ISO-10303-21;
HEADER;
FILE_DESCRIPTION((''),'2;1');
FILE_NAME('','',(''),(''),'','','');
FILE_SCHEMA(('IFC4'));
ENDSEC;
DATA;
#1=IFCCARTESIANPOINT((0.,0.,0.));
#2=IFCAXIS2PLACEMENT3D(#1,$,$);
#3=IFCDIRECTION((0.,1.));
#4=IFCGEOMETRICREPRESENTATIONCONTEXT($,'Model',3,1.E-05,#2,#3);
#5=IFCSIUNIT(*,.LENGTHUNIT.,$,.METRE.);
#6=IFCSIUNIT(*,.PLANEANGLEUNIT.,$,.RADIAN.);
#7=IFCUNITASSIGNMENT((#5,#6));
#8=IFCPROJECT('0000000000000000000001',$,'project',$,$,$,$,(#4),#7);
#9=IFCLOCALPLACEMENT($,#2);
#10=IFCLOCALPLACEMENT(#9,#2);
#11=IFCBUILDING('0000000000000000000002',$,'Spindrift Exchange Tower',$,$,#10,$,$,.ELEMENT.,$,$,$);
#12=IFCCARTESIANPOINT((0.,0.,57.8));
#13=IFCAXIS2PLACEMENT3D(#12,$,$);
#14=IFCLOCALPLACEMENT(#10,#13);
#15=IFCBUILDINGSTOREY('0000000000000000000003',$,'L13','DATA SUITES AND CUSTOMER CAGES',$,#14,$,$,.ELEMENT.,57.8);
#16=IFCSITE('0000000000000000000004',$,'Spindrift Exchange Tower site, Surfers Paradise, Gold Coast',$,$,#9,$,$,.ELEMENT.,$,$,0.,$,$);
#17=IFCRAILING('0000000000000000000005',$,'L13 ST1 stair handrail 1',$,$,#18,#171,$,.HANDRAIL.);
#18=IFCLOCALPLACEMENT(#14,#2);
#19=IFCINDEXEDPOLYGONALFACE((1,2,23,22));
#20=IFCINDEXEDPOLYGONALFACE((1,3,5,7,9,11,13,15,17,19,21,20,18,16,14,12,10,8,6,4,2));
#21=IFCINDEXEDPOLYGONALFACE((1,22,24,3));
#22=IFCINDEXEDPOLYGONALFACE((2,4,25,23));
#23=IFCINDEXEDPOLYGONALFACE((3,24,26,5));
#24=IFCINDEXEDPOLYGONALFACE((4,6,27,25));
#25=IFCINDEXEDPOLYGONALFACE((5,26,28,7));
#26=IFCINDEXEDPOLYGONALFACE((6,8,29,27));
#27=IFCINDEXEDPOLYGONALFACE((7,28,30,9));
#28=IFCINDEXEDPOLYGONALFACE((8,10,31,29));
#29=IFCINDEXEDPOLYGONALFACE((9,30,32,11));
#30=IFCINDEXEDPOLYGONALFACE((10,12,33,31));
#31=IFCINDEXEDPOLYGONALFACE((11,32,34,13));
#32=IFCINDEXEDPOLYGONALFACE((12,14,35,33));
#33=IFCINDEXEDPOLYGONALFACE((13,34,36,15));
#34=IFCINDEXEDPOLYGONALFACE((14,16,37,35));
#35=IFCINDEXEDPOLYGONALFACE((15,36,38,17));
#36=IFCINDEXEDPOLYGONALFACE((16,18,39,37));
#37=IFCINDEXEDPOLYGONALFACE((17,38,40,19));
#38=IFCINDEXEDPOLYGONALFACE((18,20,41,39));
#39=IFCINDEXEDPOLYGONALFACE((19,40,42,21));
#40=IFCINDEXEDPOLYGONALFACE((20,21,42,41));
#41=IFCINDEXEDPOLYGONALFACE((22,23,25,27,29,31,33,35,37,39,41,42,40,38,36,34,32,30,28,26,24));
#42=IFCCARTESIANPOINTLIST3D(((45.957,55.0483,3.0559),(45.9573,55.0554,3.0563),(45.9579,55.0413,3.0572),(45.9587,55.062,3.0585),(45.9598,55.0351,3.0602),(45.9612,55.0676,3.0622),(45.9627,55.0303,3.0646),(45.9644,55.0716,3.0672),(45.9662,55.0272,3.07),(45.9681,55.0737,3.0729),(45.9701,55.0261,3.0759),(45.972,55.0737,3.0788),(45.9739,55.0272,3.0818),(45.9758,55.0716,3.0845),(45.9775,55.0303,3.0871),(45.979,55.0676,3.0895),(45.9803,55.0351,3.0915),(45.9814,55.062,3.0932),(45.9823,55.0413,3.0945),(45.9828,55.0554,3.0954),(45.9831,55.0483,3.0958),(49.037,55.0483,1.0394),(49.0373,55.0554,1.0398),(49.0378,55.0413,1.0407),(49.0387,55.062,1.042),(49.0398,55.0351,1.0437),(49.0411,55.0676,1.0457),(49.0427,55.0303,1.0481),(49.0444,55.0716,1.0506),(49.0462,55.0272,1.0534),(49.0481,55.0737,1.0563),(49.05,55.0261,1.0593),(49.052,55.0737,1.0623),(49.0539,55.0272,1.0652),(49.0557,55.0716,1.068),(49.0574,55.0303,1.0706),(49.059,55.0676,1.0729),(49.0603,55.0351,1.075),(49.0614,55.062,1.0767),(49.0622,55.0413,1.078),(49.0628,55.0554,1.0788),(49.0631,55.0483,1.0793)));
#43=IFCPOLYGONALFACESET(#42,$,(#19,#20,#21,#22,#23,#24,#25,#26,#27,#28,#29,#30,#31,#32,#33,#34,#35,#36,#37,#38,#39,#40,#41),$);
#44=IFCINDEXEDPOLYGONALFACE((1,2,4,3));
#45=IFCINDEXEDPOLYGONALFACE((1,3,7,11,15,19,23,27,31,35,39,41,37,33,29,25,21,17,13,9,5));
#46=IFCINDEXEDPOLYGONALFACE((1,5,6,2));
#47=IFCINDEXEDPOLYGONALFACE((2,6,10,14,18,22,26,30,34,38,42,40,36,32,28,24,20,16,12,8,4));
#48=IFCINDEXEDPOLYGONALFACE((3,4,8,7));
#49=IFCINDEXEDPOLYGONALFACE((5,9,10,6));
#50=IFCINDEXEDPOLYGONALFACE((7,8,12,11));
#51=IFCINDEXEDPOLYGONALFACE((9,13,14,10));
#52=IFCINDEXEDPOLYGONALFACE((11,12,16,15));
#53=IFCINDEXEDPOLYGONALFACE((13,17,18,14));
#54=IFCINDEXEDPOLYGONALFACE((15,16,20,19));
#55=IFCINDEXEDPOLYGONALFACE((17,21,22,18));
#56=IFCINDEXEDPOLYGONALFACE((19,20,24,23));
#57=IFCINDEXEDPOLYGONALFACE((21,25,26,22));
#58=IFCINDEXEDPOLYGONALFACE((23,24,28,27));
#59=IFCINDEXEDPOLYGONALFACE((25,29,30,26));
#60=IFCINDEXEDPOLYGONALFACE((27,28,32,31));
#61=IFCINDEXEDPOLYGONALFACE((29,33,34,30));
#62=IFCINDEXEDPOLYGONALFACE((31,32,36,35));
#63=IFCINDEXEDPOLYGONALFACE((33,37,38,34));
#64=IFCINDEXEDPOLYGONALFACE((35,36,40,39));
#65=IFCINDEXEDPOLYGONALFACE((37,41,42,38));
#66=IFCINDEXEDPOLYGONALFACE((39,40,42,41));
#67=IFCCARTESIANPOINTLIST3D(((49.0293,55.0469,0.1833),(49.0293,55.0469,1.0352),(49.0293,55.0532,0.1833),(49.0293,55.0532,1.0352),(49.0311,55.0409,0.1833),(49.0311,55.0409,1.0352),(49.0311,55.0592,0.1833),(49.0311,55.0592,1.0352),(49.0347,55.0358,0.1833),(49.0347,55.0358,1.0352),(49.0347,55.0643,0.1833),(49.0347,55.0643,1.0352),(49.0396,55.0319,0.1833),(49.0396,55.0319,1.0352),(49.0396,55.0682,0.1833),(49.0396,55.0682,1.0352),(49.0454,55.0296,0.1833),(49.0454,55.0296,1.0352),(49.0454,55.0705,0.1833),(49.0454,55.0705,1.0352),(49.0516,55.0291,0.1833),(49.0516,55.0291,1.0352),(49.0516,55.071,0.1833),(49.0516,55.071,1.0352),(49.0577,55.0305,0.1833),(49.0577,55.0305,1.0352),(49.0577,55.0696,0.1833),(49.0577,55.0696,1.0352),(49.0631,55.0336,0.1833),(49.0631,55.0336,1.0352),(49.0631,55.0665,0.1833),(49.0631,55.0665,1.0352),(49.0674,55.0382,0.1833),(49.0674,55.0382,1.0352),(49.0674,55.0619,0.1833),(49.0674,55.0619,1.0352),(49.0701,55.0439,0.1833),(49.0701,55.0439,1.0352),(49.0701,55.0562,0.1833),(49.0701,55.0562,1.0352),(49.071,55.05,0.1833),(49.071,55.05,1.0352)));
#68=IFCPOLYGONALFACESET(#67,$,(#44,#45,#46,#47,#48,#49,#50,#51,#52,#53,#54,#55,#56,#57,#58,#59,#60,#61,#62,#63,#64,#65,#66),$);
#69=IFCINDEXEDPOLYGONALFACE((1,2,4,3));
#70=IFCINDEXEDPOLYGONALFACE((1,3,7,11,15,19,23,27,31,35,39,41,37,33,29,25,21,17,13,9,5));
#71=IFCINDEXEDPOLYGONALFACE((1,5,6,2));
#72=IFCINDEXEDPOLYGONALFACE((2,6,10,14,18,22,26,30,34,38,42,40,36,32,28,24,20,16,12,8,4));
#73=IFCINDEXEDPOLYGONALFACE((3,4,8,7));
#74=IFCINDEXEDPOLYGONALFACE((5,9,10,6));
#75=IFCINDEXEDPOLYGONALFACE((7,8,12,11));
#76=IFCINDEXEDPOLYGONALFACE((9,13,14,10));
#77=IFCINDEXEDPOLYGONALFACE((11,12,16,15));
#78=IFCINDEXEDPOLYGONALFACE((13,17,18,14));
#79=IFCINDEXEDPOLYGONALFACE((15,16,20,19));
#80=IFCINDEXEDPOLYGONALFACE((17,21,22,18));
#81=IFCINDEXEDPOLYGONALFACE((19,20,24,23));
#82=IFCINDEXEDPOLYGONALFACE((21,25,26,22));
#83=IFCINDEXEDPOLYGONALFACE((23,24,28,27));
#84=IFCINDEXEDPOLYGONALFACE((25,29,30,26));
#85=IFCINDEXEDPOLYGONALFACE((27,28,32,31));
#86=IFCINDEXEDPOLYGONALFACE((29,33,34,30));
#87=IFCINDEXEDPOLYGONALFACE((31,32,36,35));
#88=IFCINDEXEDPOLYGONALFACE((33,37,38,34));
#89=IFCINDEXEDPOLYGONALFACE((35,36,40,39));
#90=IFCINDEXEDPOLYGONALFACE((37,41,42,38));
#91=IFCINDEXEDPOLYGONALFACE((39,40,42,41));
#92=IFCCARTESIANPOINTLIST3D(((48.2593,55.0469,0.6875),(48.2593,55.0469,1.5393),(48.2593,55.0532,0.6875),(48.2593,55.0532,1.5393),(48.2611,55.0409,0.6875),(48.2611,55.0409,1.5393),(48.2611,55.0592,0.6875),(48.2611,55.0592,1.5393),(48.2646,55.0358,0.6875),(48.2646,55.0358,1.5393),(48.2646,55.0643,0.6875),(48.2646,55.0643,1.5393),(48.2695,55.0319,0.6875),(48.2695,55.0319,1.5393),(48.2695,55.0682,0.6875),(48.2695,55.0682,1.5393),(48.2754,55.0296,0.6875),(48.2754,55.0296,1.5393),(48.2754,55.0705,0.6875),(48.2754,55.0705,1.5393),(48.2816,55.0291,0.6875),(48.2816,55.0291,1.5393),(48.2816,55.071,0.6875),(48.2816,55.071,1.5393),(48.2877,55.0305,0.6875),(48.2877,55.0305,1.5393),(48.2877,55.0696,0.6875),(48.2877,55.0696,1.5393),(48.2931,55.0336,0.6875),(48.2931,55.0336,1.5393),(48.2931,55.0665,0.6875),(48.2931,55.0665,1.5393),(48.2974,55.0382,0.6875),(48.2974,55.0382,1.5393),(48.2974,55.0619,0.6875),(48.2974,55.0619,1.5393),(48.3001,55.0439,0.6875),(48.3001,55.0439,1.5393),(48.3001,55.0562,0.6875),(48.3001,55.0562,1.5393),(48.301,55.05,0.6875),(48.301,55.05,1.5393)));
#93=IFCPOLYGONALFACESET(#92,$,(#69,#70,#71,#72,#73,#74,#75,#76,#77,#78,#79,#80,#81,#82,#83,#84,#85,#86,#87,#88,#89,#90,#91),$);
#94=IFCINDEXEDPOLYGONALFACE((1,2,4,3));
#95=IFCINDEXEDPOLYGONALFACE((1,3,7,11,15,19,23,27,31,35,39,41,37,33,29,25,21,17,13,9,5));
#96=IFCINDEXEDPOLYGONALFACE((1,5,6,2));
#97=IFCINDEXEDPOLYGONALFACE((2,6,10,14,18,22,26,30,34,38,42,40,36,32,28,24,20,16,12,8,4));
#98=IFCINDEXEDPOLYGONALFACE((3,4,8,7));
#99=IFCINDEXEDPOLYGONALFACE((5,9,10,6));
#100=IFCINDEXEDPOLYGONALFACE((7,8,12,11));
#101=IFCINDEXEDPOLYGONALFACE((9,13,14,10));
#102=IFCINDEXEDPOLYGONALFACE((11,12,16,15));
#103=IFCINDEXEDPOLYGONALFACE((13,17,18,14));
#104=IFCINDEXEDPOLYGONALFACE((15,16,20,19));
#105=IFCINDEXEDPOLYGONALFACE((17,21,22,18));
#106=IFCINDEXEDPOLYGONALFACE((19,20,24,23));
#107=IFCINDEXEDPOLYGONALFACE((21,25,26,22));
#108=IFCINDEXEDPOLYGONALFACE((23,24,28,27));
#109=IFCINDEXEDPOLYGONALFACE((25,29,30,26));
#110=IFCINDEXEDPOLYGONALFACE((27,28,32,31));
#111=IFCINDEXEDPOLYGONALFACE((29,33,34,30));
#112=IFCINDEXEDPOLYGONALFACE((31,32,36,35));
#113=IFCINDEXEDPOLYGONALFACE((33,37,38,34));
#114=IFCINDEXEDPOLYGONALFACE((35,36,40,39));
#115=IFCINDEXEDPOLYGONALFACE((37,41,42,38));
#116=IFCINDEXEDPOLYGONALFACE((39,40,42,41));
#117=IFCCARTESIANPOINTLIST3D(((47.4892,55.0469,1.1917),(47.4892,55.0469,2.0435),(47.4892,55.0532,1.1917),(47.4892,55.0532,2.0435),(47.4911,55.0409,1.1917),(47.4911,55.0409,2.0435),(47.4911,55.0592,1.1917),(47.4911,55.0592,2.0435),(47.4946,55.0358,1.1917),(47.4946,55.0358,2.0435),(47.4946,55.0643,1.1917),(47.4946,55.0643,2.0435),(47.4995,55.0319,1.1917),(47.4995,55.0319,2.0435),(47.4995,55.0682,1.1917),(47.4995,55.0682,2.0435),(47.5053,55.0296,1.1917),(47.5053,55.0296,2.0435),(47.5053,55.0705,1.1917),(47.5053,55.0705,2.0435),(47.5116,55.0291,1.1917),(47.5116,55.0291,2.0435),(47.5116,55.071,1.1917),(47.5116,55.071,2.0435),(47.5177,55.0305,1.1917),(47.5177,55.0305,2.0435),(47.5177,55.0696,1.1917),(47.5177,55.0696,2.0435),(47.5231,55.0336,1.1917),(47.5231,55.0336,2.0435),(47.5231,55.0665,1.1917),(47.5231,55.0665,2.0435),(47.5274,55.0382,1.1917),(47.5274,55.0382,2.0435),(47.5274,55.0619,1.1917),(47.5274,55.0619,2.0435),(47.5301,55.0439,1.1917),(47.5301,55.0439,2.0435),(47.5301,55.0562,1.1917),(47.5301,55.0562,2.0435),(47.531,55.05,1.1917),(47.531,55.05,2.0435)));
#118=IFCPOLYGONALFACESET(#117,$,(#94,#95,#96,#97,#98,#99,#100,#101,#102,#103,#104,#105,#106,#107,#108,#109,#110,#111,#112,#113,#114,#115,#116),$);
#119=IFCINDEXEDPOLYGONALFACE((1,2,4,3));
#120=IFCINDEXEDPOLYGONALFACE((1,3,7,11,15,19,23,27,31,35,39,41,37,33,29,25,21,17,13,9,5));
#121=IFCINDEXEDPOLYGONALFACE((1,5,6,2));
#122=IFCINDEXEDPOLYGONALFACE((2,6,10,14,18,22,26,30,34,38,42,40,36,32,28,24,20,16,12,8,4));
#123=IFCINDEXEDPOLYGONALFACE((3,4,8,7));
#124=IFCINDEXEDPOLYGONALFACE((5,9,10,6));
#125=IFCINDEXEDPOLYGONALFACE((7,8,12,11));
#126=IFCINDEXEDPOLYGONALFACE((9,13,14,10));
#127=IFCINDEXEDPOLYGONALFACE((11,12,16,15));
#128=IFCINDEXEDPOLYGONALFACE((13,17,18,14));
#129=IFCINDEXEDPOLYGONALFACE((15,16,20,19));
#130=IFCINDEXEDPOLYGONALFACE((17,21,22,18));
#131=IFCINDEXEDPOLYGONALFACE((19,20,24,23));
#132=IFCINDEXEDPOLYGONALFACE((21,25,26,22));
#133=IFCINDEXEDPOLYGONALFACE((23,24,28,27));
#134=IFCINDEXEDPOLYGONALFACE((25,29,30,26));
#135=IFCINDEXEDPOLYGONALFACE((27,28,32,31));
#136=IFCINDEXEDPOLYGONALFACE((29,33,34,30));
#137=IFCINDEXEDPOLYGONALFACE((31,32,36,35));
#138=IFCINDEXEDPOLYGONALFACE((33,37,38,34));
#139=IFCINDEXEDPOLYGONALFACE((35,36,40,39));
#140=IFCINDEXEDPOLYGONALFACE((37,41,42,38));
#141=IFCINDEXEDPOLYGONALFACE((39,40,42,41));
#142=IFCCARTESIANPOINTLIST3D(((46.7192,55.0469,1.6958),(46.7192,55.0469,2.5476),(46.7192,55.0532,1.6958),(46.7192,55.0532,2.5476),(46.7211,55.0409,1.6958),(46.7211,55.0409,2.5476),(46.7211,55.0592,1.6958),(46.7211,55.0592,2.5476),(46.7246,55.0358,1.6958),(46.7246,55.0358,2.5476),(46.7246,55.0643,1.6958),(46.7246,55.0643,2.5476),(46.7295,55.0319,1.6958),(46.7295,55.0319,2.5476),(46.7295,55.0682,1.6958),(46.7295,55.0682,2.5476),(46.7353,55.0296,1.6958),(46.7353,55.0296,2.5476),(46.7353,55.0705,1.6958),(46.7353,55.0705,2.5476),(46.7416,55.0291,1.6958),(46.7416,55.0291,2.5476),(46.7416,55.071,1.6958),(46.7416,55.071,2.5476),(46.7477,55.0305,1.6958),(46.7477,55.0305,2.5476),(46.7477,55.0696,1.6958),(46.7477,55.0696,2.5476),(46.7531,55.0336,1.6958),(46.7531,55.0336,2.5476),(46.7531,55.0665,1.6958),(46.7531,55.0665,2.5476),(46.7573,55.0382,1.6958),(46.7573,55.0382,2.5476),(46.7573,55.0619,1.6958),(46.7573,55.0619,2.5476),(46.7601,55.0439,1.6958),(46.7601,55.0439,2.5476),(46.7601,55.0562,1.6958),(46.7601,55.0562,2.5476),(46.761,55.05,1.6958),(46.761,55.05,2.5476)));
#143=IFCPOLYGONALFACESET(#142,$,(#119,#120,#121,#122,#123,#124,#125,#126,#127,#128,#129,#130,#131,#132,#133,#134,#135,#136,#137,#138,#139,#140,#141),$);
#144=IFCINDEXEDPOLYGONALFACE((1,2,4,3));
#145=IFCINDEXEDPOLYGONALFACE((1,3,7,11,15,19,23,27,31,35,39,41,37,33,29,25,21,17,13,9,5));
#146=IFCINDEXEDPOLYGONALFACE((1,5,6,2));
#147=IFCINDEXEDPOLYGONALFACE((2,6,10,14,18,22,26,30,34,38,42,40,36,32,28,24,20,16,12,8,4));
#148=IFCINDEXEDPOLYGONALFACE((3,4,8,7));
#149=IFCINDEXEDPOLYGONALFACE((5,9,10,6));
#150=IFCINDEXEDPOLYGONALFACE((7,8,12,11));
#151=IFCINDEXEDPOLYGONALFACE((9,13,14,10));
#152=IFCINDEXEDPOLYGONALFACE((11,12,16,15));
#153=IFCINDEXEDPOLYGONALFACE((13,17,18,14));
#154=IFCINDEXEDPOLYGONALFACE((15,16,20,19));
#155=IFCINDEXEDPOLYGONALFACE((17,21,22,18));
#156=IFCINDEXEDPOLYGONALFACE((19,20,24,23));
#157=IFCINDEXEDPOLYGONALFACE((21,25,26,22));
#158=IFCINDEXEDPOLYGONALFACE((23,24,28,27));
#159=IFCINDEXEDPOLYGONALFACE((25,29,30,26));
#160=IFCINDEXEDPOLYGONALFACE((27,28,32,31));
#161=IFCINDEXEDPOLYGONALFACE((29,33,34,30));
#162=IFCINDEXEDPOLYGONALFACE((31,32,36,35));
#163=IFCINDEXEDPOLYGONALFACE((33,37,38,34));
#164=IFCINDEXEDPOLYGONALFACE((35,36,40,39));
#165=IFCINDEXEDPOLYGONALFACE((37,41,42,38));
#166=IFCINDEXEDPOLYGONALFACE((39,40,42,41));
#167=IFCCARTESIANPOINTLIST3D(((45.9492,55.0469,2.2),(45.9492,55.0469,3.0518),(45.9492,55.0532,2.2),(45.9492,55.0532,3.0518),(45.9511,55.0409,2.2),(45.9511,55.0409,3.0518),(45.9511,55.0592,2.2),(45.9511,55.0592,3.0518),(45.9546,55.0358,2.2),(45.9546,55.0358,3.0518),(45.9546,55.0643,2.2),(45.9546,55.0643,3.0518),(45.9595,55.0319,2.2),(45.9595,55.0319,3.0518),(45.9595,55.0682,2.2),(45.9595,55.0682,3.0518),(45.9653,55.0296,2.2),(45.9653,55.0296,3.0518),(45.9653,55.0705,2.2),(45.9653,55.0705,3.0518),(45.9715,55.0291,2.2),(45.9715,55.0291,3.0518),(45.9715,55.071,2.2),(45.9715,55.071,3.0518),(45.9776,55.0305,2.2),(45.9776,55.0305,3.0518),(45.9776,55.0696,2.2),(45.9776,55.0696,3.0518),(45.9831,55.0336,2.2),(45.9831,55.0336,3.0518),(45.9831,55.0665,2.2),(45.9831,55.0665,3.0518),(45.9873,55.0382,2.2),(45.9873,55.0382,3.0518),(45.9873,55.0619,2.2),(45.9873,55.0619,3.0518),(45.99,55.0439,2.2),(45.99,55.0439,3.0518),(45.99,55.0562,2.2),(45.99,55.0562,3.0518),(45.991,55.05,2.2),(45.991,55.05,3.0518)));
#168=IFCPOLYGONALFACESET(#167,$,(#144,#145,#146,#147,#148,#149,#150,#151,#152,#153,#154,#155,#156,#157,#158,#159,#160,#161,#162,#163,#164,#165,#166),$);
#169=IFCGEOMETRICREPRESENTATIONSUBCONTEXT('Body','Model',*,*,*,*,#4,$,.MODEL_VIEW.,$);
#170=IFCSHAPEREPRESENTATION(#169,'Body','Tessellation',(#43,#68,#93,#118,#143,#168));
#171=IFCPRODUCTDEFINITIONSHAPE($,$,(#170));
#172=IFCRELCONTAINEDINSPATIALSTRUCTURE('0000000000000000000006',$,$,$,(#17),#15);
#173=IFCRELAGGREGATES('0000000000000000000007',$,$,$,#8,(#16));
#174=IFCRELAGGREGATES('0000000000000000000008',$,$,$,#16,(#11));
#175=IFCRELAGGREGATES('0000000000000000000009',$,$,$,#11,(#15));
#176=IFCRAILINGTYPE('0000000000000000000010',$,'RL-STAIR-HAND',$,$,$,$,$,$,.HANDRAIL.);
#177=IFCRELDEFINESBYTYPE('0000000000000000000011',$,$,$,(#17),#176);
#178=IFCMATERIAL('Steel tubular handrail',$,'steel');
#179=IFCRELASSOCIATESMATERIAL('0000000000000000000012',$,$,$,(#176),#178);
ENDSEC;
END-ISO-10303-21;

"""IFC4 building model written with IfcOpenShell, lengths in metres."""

from ifc_helpers import new_model, si_unit, direction, frame, origin, origin_2d, place, context, subcontext, project, spatial, circle, extrude, material, type_object, element, save


model = new_model("IFC4")

# Units and contexts
model_context = context("Model", 3, precision=1e-05, world=origin(), true_north=direction((0.0, 1.0)))
body_context = subcontext(model_context, "Body", "Model", "MODEL_VIEW")
ifc_project = project(units=[si_unit("LENGTHUNIT", "METRE"), si_unit("PLANEANGLEUNIT", "RADIAN")], contexts=[model_context])

# Site, building, storey
site_placement = place(None, origin())
site = spatial("IfcSite", under=ifc_project, at=site_placement, Name="Spindrift Exchange Tower site, Surfers Paradise, Gold Coast", CompositionType="ELEMENT", RefElevation=0.0)
building_placement = place(site_placement, origin())
building = spatial("IfcBuilding", under=site, at=building_placement, Name="Spindrift Exchange Tower", CompositionType="ELEMENT")
storey_placement = place(building_placement, frame((0.0, 0.0, 57.8)))
storey = spatial("IfcBuildingStorey", under=building, at=storey_placement, Name="L13", Description="DATA SUITES AND CUSTOMER CAGES", CompositionType="ELEMENT", Elevation=57.8)

# Railing
ifc_material_1 = material(Name="Steel tubular handrail", Category="steel")
railing_type_1 = type_object("IfcRailingType", Name="RL-STAIR-HAND", PredefinedType="HANDRAIL", material=ifc_material_1)
railing_1_placement = place(storey_placement, frame((49.05, 55.05, 0.1833)))
element("IfcRailing", 1, at=railing_1_placement, inside=storey, type_object=railing_type_1, Name="L13 ST1 stair handrail 1", PredefinedType="HANDRAIL", context=body_context, shape_type="SweptSolid", body=[
    extrude(circle(Radius=0.0239, at=origin_2d()), frame((0.0, 0.0, 0.876), z_axis=(-0.836633, 0.0, 0.547764), x_axis=(0.0, -1.0, 0.0)), (0.0, 0.0, 1.0), 3.6814),
    extrude(circle(Radius=0.021, at=origin_2d()), origin(), (0.0, 0.0, 1.0), 0.8518),
    extrude(circle(Radius=0.021, at=origin_2d()), frame((-0.77, 0.0, 0.5042)), (0.0, 0.0, 1.0), 0.8518),
    extrude(circle(Radius=0.021, at=origin_2d()), frame((-1.54, 0.0, 1.0083)), (0.0, 0.0, 1.0), 0.8518),
    extrude(circle(Radius=0.021, at=origin_2d()), frame((-2.3101, 0.0, 1.5125)), (0.0, 0.0, 1.0), 0.8518),
    extrude(circle(Radius=0.021, at=origin_2d()), frame((-3.0801, 0.0, 2.0166)), (0.0, 0.0, 1.0), 0.8518),
])

save(model, "model.ifc")
